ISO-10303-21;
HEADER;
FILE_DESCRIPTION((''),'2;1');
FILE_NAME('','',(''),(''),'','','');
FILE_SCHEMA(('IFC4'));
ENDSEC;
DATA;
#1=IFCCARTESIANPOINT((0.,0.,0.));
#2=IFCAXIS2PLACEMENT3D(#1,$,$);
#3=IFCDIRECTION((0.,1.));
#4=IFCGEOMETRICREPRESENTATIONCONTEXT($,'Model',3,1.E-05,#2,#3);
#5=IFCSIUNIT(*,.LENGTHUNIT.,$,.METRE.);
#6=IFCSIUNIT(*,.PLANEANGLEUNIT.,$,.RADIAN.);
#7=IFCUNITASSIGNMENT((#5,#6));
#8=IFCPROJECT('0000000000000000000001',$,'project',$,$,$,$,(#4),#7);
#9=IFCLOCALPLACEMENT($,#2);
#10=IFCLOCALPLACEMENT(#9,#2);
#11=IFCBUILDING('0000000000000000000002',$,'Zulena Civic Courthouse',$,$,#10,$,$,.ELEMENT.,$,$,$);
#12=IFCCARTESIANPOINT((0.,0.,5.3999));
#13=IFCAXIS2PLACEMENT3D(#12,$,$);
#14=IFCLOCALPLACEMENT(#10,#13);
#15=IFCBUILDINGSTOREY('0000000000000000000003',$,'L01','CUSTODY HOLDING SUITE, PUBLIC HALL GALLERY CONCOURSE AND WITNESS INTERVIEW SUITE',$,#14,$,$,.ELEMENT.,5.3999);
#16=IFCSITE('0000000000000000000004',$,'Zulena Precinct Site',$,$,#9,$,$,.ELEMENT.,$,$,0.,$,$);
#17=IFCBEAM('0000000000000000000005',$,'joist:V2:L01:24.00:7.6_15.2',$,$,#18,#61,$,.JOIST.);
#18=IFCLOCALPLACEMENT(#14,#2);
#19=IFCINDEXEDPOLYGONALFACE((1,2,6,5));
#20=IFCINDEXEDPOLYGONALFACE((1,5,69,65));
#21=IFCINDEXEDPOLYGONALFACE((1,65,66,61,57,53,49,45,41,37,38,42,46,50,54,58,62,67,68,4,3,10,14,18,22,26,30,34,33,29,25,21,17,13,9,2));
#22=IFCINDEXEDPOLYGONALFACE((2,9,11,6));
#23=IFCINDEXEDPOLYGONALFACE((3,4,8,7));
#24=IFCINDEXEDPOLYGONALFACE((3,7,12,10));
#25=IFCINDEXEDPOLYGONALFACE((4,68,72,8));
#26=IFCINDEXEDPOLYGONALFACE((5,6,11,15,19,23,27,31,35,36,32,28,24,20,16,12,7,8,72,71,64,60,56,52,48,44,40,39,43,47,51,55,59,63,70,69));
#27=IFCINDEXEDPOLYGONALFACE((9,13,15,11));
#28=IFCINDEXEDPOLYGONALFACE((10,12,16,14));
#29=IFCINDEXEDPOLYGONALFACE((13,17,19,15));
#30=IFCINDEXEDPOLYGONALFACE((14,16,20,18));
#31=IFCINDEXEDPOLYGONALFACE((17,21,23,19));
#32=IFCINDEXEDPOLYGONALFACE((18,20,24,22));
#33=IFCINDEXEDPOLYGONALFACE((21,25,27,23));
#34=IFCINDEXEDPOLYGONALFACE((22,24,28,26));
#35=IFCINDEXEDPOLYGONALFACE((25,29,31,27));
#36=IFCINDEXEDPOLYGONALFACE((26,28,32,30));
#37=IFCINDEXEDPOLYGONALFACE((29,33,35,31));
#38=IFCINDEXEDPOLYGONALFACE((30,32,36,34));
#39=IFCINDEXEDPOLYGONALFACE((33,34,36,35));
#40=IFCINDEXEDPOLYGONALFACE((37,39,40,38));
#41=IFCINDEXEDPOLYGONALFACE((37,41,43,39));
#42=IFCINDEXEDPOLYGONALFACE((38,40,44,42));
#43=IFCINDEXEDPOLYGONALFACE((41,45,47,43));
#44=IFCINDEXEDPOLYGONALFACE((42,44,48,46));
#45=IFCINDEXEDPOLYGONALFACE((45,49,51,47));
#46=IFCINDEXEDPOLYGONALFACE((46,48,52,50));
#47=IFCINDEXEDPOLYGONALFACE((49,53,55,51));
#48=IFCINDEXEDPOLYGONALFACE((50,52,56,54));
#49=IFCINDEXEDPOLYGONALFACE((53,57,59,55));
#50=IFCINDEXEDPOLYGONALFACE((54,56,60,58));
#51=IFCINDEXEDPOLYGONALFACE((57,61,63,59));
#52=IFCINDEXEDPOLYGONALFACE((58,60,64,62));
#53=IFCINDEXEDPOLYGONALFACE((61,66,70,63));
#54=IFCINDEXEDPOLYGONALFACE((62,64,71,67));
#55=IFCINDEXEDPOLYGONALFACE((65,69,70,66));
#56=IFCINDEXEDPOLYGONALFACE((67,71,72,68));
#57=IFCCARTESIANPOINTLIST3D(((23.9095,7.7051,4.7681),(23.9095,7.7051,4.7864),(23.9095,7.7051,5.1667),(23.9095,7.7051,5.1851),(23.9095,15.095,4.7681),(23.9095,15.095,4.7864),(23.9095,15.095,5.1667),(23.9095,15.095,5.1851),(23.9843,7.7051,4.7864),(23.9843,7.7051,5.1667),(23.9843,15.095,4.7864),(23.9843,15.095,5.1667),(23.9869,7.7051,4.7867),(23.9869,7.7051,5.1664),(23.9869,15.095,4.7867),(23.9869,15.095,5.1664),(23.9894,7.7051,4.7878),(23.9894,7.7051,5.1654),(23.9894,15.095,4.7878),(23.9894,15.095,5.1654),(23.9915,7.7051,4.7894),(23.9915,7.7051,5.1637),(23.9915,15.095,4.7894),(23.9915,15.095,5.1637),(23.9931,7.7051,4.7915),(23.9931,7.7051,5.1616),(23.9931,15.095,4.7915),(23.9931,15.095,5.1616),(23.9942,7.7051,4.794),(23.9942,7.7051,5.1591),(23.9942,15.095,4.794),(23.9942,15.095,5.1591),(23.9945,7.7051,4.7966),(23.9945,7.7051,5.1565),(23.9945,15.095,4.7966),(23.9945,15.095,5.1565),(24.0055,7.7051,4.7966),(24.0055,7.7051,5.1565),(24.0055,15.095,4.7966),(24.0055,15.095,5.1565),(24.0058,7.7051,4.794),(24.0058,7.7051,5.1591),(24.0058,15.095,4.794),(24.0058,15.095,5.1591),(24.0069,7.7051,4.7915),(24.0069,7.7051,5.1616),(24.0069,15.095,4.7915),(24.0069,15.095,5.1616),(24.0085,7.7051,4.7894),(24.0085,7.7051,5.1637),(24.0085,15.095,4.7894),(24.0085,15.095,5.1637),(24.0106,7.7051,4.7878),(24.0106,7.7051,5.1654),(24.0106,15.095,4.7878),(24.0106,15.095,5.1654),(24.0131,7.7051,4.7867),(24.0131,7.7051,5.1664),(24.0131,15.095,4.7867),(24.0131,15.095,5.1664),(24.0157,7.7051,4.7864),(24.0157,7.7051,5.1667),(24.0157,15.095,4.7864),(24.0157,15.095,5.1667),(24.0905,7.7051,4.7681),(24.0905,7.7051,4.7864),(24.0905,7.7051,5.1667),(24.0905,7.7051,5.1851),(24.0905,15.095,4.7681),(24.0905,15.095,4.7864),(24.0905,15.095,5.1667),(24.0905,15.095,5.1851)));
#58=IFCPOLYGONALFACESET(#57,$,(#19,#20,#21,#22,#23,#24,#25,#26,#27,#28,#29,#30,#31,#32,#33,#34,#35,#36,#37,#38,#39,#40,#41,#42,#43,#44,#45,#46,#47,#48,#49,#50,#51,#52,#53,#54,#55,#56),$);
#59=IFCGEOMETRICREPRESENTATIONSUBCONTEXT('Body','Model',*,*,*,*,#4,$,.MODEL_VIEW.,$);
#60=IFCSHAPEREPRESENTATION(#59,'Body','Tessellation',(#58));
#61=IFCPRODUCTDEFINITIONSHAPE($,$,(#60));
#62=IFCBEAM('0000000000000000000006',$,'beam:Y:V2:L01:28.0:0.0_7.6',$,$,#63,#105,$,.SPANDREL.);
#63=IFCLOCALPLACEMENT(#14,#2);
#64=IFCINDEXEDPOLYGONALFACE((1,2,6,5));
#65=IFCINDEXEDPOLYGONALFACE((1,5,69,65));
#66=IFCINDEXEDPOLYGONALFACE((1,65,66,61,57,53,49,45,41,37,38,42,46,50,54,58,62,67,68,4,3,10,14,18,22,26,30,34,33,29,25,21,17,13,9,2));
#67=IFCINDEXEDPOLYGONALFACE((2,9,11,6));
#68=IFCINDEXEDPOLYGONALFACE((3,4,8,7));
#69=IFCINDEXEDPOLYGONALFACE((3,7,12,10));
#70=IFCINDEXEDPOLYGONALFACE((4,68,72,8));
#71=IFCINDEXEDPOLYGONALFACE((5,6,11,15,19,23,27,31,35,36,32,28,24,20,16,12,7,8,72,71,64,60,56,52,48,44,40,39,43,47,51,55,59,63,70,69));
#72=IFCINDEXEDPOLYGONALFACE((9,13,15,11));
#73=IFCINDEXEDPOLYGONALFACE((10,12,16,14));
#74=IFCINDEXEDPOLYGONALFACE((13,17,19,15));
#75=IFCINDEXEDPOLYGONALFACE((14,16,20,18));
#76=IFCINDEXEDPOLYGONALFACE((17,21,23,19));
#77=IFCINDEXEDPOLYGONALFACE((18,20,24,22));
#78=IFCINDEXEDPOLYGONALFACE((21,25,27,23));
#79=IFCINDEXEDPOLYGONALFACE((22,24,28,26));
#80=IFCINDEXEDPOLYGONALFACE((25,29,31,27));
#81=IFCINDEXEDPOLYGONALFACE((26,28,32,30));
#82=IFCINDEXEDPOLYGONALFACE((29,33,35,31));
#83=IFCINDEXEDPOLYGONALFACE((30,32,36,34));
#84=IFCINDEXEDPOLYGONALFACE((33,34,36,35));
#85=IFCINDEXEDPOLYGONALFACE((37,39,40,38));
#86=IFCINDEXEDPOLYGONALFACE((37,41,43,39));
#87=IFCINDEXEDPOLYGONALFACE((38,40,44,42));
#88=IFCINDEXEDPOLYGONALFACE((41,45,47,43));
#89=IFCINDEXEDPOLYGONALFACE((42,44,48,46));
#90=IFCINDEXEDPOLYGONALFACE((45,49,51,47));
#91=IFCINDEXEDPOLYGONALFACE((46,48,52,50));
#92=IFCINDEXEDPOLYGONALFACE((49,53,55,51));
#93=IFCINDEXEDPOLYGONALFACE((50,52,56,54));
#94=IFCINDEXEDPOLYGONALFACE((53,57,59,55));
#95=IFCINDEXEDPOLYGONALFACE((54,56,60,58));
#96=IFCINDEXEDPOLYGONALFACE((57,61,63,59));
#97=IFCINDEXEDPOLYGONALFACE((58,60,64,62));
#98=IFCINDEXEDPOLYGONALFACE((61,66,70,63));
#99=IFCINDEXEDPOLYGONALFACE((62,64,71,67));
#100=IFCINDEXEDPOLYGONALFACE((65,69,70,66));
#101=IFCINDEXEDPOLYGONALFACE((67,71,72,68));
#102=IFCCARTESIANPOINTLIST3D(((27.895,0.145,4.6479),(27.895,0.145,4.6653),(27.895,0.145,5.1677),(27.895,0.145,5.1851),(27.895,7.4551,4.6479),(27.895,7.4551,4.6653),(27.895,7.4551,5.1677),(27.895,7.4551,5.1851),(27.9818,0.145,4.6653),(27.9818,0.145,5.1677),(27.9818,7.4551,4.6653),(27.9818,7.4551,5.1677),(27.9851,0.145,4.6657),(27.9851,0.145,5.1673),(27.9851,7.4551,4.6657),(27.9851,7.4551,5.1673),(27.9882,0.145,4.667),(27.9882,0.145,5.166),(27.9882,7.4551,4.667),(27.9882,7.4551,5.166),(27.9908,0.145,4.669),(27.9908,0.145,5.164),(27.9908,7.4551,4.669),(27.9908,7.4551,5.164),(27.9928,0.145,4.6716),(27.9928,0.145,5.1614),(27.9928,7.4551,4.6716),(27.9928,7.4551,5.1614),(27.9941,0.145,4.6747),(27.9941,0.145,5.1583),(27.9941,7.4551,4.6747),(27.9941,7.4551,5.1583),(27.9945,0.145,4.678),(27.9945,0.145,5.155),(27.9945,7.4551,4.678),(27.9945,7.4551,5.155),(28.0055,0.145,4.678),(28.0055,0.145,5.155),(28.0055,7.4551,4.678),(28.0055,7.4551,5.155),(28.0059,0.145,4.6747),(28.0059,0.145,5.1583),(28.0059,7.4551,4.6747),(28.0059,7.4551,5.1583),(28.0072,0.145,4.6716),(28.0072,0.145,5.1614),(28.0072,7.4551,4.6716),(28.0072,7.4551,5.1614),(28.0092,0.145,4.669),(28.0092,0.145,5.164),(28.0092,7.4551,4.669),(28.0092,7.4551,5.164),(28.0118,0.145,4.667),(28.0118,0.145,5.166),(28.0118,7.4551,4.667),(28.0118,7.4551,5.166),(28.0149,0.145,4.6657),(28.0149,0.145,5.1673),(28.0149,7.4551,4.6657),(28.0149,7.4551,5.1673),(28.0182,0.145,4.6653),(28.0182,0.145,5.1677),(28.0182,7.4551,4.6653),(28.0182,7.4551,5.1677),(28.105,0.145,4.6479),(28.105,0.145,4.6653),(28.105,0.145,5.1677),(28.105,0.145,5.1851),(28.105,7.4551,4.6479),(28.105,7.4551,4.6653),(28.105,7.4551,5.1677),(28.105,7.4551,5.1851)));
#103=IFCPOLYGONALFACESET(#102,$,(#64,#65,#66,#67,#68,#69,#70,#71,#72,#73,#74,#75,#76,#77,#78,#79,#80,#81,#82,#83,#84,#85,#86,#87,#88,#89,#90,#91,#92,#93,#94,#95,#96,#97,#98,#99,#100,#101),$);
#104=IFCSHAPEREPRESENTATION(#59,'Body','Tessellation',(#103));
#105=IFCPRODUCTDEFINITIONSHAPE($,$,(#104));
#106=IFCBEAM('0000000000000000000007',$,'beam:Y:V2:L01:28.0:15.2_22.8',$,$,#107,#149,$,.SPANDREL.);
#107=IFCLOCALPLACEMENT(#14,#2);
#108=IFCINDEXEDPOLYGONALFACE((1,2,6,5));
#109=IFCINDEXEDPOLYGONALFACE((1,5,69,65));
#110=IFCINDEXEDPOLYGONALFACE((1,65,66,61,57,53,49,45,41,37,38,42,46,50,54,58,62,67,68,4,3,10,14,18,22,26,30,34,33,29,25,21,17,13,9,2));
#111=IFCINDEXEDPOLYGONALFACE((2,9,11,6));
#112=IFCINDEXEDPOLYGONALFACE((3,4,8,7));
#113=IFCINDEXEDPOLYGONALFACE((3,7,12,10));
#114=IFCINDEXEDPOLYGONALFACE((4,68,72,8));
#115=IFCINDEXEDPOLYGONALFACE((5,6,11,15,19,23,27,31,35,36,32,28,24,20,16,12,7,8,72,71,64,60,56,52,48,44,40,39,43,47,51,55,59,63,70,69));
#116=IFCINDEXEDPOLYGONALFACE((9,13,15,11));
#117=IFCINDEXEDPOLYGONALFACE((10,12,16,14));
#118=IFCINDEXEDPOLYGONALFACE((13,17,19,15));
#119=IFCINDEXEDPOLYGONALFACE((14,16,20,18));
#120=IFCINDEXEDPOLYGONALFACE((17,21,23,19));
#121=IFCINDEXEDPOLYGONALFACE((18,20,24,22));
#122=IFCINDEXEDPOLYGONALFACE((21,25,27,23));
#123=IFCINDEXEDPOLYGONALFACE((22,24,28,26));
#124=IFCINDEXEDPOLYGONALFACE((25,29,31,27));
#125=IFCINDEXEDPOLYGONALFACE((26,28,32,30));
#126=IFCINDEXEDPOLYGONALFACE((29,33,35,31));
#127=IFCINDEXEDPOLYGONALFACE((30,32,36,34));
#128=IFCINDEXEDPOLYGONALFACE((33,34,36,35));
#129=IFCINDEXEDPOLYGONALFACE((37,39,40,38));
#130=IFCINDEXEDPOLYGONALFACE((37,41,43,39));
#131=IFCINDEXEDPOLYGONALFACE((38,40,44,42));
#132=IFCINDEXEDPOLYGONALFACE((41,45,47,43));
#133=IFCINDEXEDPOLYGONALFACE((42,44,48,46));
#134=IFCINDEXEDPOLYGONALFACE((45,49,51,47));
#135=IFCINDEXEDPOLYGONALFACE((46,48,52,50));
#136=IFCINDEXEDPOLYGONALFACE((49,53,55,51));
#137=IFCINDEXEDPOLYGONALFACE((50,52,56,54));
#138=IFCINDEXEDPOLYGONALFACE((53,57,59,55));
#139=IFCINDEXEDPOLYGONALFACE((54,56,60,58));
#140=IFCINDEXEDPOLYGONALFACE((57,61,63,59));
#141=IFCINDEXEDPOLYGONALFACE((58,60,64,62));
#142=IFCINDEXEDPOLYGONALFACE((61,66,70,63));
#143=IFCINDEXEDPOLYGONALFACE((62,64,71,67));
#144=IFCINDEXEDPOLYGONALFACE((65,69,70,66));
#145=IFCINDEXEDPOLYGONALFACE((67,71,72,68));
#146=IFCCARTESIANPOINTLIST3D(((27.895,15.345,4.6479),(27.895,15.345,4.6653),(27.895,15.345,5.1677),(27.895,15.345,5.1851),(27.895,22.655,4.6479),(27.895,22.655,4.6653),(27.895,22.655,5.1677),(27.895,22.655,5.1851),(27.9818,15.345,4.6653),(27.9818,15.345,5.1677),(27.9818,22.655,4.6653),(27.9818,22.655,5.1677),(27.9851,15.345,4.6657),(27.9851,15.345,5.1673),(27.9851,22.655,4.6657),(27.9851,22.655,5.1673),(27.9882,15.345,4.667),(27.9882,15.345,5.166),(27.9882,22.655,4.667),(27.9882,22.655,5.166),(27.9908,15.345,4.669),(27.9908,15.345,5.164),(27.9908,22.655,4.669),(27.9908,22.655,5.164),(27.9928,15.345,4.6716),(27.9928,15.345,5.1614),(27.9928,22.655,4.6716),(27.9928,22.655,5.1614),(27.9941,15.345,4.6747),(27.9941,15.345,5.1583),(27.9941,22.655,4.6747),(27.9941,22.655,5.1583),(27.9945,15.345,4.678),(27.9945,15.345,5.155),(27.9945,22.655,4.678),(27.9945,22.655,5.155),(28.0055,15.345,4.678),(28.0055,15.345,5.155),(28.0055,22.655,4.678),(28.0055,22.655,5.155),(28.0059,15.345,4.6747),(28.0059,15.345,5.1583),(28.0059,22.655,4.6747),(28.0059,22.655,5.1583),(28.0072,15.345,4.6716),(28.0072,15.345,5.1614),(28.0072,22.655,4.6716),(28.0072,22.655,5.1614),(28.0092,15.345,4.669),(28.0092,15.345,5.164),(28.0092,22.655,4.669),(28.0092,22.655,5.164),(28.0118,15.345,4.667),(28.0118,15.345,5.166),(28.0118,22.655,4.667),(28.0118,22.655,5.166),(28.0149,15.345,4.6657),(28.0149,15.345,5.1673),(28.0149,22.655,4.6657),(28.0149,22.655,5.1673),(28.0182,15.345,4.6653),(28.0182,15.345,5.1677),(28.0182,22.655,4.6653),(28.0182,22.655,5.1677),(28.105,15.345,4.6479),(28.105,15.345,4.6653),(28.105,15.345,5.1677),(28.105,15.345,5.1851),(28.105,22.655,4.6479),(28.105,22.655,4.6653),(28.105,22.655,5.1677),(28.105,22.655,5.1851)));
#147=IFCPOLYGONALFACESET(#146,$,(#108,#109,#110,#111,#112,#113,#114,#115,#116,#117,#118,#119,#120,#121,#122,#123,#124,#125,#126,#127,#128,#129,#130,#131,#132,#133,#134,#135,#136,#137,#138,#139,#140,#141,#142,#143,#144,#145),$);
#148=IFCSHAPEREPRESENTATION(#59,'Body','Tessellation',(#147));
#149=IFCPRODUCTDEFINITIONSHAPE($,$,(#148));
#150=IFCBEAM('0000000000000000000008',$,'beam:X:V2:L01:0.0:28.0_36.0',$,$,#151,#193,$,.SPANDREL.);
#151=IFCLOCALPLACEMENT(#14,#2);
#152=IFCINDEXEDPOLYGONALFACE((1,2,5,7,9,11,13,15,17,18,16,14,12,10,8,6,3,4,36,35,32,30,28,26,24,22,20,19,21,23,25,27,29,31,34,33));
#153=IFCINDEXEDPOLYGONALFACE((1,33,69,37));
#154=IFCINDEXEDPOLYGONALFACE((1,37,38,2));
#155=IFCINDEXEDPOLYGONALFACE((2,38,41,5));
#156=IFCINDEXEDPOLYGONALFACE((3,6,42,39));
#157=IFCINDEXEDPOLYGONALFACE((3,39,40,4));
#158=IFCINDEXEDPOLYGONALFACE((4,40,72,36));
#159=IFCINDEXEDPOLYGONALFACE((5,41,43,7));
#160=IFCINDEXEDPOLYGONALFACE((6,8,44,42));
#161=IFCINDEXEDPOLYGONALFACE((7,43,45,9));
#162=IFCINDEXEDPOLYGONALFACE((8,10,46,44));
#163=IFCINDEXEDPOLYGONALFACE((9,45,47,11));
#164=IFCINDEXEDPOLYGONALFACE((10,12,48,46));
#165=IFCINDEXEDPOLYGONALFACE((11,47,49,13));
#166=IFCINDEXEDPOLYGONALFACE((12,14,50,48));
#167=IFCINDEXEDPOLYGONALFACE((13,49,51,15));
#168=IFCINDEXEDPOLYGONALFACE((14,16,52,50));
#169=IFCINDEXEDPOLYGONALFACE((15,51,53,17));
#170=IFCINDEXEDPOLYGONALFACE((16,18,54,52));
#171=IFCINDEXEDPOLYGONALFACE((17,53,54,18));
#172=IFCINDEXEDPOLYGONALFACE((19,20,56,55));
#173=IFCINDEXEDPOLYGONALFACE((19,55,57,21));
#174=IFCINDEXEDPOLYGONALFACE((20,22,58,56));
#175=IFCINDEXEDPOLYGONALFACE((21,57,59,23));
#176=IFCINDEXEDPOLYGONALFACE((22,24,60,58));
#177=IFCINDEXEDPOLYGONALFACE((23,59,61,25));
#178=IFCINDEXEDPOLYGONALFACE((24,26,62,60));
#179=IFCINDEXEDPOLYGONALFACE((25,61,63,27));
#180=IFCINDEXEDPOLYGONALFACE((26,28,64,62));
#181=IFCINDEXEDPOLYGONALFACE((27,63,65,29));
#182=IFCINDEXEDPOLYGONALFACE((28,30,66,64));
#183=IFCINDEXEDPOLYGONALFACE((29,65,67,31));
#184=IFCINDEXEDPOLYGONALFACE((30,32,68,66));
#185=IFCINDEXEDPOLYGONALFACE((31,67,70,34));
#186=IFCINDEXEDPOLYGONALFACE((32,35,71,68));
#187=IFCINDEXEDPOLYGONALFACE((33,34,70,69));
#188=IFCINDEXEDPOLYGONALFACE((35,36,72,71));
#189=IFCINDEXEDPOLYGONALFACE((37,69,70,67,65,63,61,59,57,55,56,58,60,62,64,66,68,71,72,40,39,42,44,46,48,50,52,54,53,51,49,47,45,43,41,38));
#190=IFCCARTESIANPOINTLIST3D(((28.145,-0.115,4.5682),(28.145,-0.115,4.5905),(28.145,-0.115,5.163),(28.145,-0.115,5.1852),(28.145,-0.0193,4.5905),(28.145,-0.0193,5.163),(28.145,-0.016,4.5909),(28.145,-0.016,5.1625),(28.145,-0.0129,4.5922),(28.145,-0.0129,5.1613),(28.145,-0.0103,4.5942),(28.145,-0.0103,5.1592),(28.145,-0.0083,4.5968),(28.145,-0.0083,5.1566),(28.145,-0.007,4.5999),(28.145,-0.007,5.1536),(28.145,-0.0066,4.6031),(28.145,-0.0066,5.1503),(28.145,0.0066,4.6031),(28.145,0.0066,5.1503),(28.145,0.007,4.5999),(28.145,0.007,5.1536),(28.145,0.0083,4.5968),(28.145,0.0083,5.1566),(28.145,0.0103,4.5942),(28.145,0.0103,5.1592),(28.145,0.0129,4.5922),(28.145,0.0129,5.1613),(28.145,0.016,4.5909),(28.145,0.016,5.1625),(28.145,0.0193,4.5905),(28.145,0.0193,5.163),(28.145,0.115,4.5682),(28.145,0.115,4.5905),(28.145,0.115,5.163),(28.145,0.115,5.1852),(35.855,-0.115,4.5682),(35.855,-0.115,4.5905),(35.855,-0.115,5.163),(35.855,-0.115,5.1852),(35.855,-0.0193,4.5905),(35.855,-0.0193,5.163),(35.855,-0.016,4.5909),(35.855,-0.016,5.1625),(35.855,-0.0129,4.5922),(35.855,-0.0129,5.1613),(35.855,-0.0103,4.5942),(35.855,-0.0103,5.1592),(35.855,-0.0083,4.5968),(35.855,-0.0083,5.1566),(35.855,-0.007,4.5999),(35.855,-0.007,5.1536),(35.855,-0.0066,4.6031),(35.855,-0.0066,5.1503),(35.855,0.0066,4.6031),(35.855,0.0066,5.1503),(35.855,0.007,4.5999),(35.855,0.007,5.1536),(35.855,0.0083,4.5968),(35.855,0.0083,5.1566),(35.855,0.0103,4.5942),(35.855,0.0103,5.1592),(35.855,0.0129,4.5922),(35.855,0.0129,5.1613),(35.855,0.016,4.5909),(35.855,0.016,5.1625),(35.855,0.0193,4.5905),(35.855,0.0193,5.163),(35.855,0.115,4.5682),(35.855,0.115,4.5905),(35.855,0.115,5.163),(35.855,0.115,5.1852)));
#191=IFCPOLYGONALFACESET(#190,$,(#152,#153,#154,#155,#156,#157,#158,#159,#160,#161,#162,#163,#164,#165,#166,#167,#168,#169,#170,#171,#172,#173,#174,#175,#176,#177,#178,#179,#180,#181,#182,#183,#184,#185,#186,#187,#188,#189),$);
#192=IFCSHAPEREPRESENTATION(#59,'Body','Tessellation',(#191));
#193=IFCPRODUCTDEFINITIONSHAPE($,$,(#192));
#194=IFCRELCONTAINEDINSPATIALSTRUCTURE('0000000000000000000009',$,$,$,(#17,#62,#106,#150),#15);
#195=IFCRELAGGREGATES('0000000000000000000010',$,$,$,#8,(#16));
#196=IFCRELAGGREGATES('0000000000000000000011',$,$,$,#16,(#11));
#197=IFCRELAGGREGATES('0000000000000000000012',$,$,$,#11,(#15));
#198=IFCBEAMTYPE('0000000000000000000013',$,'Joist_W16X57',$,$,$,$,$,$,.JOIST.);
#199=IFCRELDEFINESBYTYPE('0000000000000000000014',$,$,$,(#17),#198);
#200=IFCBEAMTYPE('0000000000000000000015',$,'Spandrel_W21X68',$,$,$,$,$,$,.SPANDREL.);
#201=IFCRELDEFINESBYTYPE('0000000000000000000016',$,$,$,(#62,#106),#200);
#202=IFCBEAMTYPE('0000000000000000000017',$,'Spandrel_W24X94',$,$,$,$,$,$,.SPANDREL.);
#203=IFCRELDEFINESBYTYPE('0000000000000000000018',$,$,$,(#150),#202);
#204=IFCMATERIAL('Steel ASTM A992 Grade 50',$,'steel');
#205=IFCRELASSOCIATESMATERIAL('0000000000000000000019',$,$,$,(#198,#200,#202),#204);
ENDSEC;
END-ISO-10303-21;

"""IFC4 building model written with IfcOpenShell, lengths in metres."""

from ifc_helpers import new_model, si_unit, direction, frame, origin, origin_2d, place, context, subcontext, project, spatial, i_section, extrude, material, material_profile, profile_set, type_object, element, save


model = new_model("IFC4")

# Units and contexts
model_context = context("Model", 3, precision=1e-05, world=origin(), true_north=direction((0.0, 1.0)))
body_context = subcontext(model_context, "Body", "Model", "MODEL_VIEW")
ifc_project = project(units=[si_unit("LENGTHUNIT", "METRE"), si_unit("PLANEANGLEUNIT", "RADIAN")], contexts=[model_context])

# Site, building, storey
site_placement = place(None, origin())
site = spatial("IfcSite", under=ifc_project, at=site_placement, Name="Zulena Precinct Site", CompositionType="ELEMENT", RefElevation=0.0)
building_placement = place(site_placement, origin())
building = spatial("IfcBuilding", under=site, at=building_placement, Name="Zulena Civic Courthouse", CompositionType="ELEMENT")
storey_placement = place(building_placement, frame((0.0, 0.0, 5.3999)))
storey = spatial("IfcBuildingStorey", under=building, at=storey_placement, Name="L01", Description="CUSTODY HOLDING SUITE, PUBLIC HALL GALLERY CONCOURSE AND WITNESS INTERVIEW SUITE", CompositionType="ELEMENT", Elevation=5.3999)

# Shared definitions
ifc_material_1 = material(Name="Steel ASTM A992 Grade 50", Category="steel")

# Beams
ifc_material_profile_1 = material_profile(ifc_material_1, i_section(OverallWidth=0.1809, OverallDepth=0.417, WebThickness=0.011, FlangeThickness=0.0183, FilletRadius=0.0103, at=origin_2d()), Name="W16X57")
ifc_profile_set_1 = profile_set([ifc_material_profile_1], Name="Steel ASTM A992 Grade 50")
beam_type_1 = type_object("IfcBeamType", Name="Joist_W16X57", PredefinedType="JOIST", material=ifc_profile_set_1)
beam_1_placement = place(storey_placement, frame((24.0, 7.7051, 4.9766), z_axis=(0.0, 1.0, 0.0), x_axis=(-1.0, 0.0, 0.0)))
element("IfcBeam", 1, at=beam_1_placement, inside=storey, type_object=beam_type_1, Name="joist:V2:L01:24.00:7.6_15.2", PredefinedType="JOIST", context=body_context, shape_type="SweptSolid", body=[
    extrude(i_section(OverallWidth=0.1809, OverallDepth=0.417, WebThickness=0.011, FlangeThickness=0.0183, FilletRadius=0.0103, at=origin_2d()), origin(), (0.0, 0.0, 1.0), 7.3899),
])
ifc_material_profile_2 = material_profile(ifc_material_1, i_section(OverallWidth=0.21, OverallDepth=0.5371, WebThickness=0.011, FlangeThickness=0.0173, FilletRadius=0.0127, at=origin_2d()), Name="W21X68")
ifc_profile_set_2 = profile_set([ifc_material_profile_2], Name="Steel ASTM A992 Grade 50")
beam_type_2 = type_object("IfcBeamType", Name="Spandrel_W21X68", PredefinedType="SPANDREL", material=ifc_profile_set_2)
for number, where, z_axis, x_axis, name in (
    (2, (28.0, 0.145, 4.9165), (0.0, 1.0, 0.0), (-1.0, 0.0, 0.0), "beam:Y:V2:L01:28.0:0.0_7.6"),
    (3, (28.0, 15.345, 4.9165), (0.0, 1.0, 0.0), (-1.0, 0.0, 0.0), "beam:Y:V2:L01:28.0:15.2_22.8"),
):
    element("IfcBeam", number, at=place(storey_placement, frame(where, z_axis=z_axis, x_axis=x_axis)), inside=storey, type_object=beam_type_2, Name=name, PredefinedType="SPANDREL", context=body_context, shape_type="SweptSolid", body=[
        extrude(i_section(OverallWidth=0.21, OverallDepth=0.5371, WebThickness=0.011, FlangeThickness=0.0173, FilletRadius=0.0127, at=origin_2d()), origin(), (0.0, 0.0, 1.0), 7.3101),
    ])
ifc_material_profile_3 = material_profile(ifc_material_1, i_section(OverallWidth=0.23, OverallDepth=0.6169, WebThickness=0.0132, FlangeThickness=0.0222, FilletRadius=0.0127, at=origin_2d()), Name="W24X94")
ifc_profile_set_3 = profile_set([ifc_material_profile_3], Name="Steel ASTM A992 Grade 50")
beam_type_3 = type_object("IfcBeamType", Name="Spandrel_W24X94", PredefinedType="SPANDREL", material=ifc_profile_set_3)
beam_2_placement = place(storey_placement, frame((28.145, 0.0, 4.8767), z_axis=(1.0, 0.0, 0.0), x_axis=(0.0, 1.0, 0.0)))
element("IfcBeam", 4, at=beam_2_placement, inside=storey, type_object=beam_type_3, Name="beam:X:V2:L01:0.0:28.0_36.0", PredefinedType="SPANDREL", context=body_context, shape_type="SweptSolid", body=[
    extrude(i_section(OverallWidth=0.23, OverallDepth=0.6169, WebThickness=0.0132, FlangeThickness=0.0222, FilletRadius=0.0127, at=origin_2d()), origin(), (0.0, 0.0, 1.0), 7.71),
])

save(model, "model.ifc")
